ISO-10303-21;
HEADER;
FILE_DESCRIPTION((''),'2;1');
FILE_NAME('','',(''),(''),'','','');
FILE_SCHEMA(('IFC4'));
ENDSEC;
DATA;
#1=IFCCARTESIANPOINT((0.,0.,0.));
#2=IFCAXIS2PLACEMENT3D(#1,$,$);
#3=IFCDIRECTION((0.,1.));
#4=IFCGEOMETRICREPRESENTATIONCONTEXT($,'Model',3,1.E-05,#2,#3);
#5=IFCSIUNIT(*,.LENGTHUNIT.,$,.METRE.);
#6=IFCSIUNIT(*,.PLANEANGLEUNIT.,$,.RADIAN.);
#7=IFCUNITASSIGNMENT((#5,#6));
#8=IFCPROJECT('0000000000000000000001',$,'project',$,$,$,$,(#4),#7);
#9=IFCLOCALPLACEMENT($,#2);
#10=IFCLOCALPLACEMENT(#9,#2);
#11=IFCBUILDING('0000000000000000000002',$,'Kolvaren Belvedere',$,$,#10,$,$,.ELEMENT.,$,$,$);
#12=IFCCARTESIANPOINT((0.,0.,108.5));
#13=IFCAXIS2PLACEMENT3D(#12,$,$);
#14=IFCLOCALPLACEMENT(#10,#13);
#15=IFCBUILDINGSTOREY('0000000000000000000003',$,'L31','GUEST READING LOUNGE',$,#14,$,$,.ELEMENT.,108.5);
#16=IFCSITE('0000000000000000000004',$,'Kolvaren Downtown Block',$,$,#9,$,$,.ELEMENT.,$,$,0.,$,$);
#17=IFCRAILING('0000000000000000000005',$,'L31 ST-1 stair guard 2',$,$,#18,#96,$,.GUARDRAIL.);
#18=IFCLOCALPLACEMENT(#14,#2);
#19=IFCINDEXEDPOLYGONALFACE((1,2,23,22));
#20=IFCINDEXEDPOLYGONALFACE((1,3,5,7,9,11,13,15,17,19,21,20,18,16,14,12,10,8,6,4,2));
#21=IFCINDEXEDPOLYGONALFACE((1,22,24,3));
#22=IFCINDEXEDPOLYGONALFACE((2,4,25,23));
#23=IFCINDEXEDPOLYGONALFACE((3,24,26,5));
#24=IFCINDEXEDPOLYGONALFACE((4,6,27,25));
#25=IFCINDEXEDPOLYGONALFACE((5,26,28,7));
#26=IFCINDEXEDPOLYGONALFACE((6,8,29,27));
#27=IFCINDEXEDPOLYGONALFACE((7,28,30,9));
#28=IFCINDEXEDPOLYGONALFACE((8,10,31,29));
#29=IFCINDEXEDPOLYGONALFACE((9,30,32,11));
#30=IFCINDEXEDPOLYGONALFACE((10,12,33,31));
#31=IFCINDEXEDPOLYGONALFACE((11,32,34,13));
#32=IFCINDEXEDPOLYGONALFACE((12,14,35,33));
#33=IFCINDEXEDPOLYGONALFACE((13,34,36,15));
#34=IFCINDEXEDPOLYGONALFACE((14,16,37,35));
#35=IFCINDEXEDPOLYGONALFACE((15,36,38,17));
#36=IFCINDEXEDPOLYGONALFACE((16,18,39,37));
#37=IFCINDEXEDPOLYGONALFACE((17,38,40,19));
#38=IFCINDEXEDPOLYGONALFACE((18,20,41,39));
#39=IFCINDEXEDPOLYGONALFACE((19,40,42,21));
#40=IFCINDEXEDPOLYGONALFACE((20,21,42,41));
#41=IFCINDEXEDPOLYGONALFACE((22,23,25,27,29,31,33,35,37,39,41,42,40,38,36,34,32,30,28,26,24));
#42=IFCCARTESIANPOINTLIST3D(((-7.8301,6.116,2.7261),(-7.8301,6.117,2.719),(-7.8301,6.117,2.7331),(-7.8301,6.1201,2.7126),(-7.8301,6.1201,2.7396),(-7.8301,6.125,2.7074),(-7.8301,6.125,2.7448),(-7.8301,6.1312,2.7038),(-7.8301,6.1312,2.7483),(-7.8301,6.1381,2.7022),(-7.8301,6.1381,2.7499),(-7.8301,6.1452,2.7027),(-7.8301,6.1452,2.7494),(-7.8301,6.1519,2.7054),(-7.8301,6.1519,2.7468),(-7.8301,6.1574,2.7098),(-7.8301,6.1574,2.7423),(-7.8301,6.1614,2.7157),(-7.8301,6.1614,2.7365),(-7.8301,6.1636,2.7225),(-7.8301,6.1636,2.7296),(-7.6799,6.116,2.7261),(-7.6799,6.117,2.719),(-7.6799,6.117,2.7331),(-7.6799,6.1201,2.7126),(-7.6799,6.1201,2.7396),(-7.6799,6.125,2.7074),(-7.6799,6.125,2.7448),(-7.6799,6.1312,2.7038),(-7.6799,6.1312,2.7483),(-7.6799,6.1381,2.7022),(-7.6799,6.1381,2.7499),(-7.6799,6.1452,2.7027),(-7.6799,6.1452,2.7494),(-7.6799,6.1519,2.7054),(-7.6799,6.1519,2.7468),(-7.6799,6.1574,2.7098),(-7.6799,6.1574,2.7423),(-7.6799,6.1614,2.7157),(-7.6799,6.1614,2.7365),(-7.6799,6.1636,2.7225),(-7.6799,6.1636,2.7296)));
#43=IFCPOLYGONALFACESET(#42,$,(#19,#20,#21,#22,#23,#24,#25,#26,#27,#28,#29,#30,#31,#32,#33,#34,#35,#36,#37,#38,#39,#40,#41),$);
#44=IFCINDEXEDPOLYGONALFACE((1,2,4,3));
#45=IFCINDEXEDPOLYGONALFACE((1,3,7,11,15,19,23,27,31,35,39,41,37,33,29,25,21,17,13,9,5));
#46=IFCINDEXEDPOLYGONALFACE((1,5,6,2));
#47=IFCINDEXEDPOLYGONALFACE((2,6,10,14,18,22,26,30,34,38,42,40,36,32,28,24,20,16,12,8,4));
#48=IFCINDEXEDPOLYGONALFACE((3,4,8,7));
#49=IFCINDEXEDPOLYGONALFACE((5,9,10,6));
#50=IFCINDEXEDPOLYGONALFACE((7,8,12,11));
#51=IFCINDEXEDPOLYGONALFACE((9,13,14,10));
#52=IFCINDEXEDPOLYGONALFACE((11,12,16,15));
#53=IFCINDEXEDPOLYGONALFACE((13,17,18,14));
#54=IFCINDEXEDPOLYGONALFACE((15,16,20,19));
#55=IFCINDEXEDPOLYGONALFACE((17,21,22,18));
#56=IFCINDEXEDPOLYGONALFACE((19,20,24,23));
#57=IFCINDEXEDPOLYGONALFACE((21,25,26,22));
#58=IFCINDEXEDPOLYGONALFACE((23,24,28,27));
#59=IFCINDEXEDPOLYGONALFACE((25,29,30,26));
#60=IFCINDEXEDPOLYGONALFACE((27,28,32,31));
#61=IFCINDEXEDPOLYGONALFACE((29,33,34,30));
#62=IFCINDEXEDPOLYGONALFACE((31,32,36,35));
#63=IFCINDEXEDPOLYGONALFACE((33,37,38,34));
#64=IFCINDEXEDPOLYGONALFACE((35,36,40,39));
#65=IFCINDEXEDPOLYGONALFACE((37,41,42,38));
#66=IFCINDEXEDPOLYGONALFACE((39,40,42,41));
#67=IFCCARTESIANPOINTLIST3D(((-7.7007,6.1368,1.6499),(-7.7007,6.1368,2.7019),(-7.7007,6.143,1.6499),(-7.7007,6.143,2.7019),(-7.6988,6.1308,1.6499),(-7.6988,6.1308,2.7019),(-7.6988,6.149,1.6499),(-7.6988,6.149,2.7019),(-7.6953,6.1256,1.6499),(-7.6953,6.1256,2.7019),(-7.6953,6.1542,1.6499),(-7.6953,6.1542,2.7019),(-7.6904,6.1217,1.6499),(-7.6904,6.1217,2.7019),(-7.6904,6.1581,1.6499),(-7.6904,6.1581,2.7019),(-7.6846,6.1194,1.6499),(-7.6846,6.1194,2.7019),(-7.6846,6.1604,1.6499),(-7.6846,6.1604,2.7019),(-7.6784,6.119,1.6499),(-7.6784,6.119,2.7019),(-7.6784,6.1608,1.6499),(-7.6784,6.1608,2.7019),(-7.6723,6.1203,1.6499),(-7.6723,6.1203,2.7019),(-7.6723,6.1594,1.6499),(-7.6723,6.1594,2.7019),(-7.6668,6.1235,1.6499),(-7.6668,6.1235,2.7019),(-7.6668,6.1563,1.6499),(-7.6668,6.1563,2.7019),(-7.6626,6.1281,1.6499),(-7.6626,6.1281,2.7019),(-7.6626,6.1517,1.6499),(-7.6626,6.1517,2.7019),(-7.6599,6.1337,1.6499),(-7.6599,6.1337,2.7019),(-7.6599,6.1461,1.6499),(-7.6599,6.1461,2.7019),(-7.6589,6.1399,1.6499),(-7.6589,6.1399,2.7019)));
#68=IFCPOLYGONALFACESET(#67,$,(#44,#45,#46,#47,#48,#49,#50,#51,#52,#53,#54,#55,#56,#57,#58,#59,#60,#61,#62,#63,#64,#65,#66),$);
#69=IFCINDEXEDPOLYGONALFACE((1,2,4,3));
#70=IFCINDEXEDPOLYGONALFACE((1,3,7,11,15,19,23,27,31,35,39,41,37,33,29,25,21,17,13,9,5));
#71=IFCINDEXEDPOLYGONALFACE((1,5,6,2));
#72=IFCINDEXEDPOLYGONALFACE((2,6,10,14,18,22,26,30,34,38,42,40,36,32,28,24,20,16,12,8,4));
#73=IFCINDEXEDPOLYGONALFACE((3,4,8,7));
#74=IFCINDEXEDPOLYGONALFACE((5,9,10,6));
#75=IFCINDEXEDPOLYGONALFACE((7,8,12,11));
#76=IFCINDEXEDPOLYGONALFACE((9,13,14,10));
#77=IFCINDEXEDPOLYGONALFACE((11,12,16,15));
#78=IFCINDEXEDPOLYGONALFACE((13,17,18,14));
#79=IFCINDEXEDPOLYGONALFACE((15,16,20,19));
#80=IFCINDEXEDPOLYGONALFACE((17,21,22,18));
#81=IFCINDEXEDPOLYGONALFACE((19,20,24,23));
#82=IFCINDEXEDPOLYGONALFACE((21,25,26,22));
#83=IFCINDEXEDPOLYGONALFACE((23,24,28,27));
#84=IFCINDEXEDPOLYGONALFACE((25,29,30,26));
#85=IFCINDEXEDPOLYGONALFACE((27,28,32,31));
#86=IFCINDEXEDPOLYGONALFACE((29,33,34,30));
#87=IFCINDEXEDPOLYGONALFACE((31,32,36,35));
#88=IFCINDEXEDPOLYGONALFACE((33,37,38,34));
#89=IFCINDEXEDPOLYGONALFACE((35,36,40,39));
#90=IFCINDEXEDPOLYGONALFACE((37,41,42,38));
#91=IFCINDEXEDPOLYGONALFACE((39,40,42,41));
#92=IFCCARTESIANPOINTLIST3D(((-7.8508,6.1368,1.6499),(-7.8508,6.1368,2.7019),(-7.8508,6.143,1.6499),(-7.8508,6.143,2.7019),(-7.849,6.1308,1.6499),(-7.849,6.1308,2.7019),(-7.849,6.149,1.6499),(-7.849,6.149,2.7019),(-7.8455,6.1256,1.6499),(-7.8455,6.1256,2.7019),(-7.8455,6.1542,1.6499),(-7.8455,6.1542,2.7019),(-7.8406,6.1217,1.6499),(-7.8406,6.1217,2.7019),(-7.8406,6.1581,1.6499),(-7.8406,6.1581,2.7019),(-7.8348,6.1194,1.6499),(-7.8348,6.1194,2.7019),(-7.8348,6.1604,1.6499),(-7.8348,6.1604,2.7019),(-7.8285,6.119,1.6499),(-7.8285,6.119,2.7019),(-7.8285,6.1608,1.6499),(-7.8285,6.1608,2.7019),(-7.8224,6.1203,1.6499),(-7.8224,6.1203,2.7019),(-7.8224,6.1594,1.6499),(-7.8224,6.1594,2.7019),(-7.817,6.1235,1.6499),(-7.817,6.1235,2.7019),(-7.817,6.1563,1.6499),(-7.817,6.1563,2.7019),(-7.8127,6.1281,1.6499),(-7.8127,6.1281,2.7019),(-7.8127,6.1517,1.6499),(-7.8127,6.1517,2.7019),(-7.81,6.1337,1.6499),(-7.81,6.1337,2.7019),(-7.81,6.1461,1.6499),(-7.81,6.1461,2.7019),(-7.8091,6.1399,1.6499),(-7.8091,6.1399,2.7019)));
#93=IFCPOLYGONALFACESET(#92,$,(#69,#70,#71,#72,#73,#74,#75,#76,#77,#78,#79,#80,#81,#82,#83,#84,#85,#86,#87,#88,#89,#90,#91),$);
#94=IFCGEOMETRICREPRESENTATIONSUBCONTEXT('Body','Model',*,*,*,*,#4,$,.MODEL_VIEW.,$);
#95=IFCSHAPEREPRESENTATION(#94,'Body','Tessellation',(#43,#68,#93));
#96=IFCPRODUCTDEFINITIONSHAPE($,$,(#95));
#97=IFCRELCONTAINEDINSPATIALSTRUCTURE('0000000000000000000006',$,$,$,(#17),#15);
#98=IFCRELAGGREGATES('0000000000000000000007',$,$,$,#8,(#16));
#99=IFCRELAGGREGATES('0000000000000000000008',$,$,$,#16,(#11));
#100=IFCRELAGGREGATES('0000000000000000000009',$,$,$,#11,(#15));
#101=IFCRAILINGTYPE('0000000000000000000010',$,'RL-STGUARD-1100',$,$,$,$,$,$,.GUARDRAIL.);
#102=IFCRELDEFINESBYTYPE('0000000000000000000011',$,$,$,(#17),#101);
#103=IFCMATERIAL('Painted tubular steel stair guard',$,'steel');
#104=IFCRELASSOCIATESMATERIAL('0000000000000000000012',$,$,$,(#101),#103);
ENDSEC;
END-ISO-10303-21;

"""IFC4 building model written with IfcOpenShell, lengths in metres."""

from ifc_helpers import new_model, si_unit, direction, frame, origin, origin_2d, place, context, subcontext, project, spatial, circle, extrude, material, type_object, element, save


model = new_model("IFC4")

# Units and contexts
model_context = context("Model", 3, precision=1e-05, world=origin(), true_north=direction((0.0, 1.0)))
body_context = subcontext(model_context, "Body", "Model", "MODEL_VIEW")
ifc_project = project(units=[si_unit("LENGTHUNIT", "METRE"), si_unit("PLANEANGLEUNIT", "RADIAN")], contexts=[model_context])

# Site, building, storey
site_placement = place(None, origin())
site = spatial("IfcSite", under=ifc_project, at=site_placement, Name="Kolvaren Downtown Block", CompositionType="ELEMENT", RefElevation=0.0)
building_placement = place(site_placement, origin())
building = spatial("IfcBuilding", under=site, at=building_placement, Name="Kolvaren Belvedere", CompositionType="ELEMENT")
storey_placement = place(building_placement, frame((0.0, 0.0, 108.5)))
storey = spatial("IfcBuildingStorey", under=building, at=storey_placement, Name="L31", Description="GUEST READING LOUNGE", CompositionType="ELEMENT", Elevation=108.5)

# Railing
ifc_material_1 = material(Name="Painted tubular steel stair guard", Category="steel")
railing_type_1 = type_object("IfcRailingType", Name="RL-STGUARD-1100", PredefinedType="GUARDRAIL", material=ifc_material_1)
railing_1_placement = place(storey_placement, frame((-7.6799, 6.1399, 1.6499)))
element("IfcRailing", 1, at=railing_1_placement, inside=storey, type_object=railing_type_1, Name="L31 ST-1 stair guard 2", PredefinedType="GUARDRAIL", context=body_context, shape_type="SweptSolid", body=[
    extrude(circle(Radius=0.0239, at=origin_2d()), frame((0.0, 0.0, 1.0762), z_axis=(-1.0, 0.0, 0.0), x_axis=(0.0, -1.0, 0.0)), (0.0, 0.0, 1.0), 0.1501),
    extrude(circle(Radius=0.021, at=origin_2d()), origin(), (0.0, 0.0, 1.0), 1.052),
    extrude(circle(Radius=0.021, at=origin_2d()), frame((-0.1501, 0.0, 0.0)), (0.0, 0.0, 1.0), 1.052),
])

save(model, "model.ifc")
